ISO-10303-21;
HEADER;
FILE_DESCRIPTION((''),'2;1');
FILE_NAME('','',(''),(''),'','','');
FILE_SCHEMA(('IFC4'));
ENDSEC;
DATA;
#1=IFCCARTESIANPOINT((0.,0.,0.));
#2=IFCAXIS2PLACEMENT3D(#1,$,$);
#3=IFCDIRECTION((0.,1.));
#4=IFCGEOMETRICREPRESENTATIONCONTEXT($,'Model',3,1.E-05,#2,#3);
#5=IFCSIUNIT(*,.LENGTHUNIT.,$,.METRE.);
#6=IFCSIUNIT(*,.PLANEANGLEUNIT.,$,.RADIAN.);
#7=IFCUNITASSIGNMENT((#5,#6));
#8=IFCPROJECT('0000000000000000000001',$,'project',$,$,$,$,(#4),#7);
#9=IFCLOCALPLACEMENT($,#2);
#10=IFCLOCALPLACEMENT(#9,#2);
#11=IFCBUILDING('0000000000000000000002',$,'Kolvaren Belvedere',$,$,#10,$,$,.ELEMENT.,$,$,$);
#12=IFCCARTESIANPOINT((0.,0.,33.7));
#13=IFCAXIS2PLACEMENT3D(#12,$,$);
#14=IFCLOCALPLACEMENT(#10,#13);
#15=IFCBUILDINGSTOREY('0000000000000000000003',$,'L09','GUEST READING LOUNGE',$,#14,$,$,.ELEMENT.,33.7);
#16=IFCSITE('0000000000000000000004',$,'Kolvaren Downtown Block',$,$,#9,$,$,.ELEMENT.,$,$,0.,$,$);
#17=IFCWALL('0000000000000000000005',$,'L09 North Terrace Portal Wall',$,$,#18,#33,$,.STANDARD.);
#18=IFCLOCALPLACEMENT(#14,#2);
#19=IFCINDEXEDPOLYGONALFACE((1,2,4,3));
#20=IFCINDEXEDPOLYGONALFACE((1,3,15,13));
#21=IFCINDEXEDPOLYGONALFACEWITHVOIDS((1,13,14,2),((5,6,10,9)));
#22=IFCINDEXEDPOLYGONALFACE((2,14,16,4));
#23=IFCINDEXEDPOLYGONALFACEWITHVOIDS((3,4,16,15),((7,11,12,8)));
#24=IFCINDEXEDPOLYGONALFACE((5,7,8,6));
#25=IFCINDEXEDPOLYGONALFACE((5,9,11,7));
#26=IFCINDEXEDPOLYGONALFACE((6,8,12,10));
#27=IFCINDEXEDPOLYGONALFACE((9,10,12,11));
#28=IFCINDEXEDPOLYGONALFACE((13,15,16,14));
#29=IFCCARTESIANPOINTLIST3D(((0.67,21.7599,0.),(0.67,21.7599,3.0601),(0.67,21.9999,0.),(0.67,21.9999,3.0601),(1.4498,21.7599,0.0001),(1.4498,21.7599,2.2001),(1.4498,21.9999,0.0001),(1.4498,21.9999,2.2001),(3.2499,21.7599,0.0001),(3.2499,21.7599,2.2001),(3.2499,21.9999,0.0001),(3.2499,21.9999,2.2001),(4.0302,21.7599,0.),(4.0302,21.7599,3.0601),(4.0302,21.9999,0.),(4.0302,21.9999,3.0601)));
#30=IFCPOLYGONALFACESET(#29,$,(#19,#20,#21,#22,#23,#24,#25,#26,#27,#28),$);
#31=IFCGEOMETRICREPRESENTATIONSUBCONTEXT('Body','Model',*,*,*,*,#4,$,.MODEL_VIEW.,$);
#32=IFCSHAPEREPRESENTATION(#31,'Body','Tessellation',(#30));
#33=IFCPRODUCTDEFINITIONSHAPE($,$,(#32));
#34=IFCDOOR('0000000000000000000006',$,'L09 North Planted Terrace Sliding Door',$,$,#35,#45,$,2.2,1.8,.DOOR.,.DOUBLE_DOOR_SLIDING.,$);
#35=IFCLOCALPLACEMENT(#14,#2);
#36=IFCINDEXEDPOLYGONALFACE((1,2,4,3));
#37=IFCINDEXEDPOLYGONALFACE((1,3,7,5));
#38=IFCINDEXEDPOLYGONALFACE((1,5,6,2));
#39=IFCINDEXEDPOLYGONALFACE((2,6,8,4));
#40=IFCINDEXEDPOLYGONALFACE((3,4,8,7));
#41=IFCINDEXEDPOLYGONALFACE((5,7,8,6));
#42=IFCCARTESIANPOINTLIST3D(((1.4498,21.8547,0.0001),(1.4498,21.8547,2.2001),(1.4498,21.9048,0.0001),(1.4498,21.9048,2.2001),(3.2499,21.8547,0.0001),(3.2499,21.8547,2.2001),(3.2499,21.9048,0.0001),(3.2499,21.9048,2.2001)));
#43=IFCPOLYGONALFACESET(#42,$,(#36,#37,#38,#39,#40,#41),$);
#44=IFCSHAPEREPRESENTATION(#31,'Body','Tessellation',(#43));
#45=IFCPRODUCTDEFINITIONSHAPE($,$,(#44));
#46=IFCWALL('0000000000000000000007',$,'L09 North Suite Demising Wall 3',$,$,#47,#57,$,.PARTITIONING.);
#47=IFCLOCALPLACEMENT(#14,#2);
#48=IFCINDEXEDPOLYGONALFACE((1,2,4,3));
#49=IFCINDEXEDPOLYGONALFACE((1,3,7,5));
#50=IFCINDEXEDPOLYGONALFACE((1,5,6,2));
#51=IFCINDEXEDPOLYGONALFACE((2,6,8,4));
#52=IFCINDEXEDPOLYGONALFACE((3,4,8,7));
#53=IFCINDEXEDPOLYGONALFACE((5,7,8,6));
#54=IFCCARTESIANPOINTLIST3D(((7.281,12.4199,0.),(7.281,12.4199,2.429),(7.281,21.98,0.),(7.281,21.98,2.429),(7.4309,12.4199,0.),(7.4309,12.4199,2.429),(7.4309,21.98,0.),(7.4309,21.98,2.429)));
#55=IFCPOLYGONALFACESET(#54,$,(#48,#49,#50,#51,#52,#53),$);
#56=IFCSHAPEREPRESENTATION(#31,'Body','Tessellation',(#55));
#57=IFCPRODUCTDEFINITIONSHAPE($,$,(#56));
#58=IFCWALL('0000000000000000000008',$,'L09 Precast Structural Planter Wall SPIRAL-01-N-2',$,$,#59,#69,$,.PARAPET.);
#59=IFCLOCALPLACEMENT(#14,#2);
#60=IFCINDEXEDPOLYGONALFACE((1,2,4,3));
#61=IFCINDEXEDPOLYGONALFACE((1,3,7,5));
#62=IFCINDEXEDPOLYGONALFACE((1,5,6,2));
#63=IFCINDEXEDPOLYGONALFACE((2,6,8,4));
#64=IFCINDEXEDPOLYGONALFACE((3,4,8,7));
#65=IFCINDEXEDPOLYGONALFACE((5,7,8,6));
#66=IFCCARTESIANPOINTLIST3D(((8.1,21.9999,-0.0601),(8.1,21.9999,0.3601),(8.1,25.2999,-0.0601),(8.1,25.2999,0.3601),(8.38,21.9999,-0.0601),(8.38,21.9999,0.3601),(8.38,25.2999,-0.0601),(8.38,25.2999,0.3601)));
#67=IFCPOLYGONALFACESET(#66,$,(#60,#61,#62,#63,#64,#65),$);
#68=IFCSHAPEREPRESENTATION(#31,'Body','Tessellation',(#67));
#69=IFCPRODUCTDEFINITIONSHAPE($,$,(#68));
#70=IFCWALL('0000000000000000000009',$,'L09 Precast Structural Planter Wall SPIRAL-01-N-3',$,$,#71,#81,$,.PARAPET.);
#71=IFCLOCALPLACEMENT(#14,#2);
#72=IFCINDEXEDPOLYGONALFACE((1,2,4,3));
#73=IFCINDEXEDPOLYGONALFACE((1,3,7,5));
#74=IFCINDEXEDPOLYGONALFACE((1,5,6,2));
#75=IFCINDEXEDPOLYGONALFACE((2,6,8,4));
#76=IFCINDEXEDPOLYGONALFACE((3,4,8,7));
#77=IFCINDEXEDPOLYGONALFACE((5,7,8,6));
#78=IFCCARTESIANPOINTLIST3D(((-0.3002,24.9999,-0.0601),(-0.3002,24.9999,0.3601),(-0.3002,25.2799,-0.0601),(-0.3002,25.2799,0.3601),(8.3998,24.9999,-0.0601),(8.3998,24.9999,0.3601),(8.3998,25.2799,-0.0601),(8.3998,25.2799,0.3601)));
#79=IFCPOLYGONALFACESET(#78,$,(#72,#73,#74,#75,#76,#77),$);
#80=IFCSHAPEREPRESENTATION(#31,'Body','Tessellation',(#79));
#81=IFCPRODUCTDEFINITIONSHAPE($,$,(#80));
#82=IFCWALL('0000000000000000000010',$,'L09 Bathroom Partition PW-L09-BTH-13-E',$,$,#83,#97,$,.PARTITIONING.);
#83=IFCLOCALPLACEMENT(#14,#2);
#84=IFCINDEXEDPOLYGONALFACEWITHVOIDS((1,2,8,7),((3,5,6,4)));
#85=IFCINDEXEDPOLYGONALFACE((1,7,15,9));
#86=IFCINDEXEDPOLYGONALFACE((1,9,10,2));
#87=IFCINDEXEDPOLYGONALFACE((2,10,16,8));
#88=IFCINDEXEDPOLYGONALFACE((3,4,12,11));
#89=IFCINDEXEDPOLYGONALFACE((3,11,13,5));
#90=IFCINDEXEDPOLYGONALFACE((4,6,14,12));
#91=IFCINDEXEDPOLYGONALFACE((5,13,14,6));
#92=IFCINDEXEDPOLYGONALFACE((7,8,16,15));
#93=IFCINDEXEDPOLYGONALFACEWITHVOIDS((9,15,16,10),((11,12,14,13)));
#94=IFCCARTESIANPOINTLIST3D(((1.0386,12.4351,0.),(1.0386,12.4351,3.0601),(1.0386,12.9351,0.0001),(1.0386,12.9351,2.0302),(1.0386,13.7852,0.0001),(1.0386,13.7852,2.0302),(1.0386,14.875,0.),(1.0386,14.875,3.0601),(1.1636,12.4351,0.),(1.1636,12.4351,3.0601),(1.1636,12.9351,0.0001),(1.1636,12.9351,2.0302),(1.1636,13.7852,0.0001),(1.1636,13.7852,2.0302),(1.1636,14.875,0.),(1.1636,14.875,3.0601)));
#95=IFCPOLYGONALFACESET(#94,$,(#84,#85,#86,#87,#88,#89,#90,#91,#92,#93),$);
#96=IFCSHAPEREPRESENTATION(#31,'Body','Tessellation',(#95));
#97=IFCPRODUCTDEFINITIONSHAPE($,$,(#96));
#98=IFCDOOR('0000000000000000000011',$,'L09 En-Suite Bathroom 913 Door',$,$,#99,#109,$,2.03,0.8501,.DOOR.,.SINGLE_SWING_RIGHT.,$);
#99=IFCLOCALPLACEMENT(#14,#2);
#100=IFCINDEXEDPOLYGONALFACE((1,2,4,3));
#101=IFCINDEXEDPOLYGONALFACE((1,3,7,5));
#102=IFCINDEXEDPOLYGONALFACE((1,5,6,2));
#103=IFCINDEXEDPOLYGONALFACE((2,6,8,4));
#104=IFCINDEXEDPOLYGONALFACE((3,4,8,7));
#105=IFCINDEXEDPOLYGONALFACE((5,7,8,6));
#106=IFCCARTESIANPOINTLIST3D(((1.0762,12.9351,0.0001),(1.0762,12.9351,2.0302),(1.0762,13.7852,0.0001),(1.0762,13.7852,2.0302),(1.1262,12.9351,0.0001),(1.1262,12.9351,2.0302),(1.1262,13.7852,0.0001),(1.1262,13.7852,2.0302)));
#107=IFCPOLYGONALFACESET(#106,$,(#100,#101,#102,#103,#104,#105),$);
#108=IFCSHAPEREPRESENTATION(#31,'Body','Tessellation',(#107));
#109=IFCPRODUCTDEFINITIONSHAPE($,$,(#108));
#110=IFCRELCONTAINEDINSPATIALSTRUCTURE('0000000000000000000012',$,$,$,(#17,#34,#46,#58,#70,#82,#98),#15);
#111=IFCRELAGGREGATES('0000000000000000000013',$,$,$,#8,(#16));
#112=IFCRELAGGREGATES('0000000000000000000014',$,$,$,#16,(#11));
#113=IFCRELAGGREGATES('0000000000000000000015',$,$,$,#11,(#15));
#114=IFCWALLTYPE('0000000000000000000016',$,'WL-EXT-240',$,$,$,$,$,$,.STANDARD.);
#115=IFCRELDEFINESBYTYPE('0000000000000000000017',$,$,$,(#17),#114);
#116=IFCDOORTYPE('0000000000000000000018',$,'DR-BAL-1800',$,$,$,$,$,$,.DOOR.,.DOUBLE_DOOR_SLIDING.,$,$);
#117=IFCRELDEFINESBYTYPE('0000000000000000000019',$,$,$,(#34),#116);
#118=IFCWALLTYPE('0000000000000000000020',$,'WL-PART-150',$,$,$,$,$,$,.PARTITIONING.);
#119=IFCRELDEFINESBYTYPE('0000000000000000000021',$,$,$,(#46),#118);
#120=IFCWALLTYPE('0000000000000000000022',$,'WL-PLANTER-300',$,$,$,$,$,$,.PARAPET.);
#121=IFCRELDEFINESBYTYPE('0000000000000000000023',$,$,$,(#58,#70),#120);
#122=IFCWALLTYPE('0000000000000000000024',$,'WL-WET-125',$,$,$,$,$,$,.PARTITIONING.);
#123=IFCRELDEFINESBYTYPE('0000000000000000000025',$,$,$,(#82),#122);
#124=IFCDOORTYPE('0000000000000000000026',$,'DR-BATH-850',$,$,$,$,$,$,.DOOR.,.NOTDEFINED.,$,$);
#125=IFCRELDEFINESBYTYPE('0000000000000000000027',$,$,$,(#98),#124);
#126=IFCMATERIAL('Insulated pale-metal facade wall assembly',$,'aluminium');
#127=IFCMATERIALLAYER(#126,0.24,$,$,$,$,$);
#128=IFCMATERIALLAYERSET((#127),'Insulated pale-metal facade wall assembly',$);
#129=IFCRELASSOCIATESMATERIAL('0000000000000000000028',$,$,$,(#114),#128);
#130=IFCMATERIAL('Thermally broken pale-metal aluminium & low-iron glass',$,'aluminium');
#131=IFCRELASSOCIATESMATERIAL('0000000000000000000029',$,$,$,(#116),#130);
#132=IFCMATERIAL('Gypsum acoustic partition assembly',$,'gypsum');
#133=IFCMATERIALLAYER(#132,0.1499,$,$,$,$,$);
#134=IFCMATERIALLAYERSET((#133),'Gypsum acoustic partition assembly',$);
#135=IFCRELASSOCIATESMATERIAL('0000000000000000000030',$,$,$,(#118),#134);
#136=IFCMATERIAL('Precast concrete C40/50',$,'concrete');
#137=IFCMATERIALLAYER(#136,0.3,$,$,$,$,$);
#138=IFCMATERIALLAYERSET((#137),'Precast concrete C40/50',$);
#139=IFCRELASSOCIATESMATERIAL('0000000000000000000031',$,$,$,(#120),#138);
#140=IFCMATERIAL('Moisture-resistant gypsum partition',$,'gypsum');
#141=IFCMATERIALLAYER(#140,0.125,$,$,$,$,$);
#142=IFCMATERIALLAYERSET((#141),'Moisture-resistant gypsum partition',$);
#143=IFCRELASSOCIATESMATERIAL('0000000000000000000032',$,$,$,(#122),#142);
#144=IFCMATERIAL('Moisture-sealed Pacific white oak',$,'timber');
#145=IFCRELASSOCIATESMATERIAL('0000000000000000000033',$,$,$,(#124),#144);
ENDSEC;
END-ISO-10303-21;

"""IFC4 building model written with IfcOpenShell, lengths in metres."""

from ifc_helpers import new_model, si_unit, direction, frame, frame_2d, origin, place, context, subcontext, project, spatial, rectangle, extrude, material, layer, layer_set, type_object, element, fill, save


model = new_model("IFC4")

# Units and contexts
model_context = context("Model", 3, precision=1e-05, world=origin(), true_north=direction((0.0, 1.0)))
body_context = subcontext(model_context, "Body", "Model", "MODEL_VIEW")
ifc_project = project(units=[si_unit("LENGTHUNIT", "METRE"), si_unit("PLANEANGLEUNIT", "RADIAN")], contexts=[model_context])

# Site, building, storey
site_placement = place(None, origin())
site = spatial("IfcSite", under=ifc_project, at=site_placement, Name="Kolvaren Downtown Block", CompositionType="ELEMENT", RefElevation=0.0)
building_placement = place(site_placement, origin())
building = spatial("IfcBuilding", under=site, at=building_placement, Name="Kolvaren Belvedere", CompositionType="ELEMENT")
storey_placement = place(building_placement, frame((0.0, 0.0, 33.7)))
storey = spatial("IfcBuildingStorey", under=building, at=storey_placement, Name="L09", Description="GUEST READING LOUNGE", CompositionType="ELEMENT", Elevation=33.7)

# Wall, opening, door
ifc_material_1 = material(Name="Insulated pale-metal facade wall assembly", Category="aluminium")
ifc_layer_1 = layer(ifc_material_1, 0.24)
ifc_layer_set_1 = layer_set([ifc_layer_1], Name="Insulated pale-metal facade wall assembly")
wall_type_1 = type_object("IfcWallType", Name="WL-EXT-240", PredefinedType="STANDARD", material=ifc_layer_set_1)
wall_1_placement = place(storey_placement, frame((0.6699, 21.8799, 0.0), z_axis=(0.0, 0.0, 1.0), x_axis=(1.0, 0.0, 0.0)))
wall_1 = element("IfcWall", 1, at=wall_1_placement, inside=storey, type_object=wall_type_1, Name="L09 North Terrace Portal Wall", PredefinedType="STANDARD", context=body_context, shape_type="SweptSolid", body=[
    extrude(rectangle(XDim=3.3601, YDim=0.24, at=frame_2d((1.6802, 0.0))), origin(), (0.0, 0.0, 1.0), 3.0601),
])
opening_1_placement = place(wall_1_placement, frame((0.78, 0.0, 0.0)))
opening_1 = element("IfcOpeningElement", 2, at=opening_1_placement, cuts=wall_1, PredefinedType="OPENING", context=body_context, shape_type="SweptSolid", body=[
    extrude(rectangle(XDim=1.8, YDim=2.2, at=frame_2d((0.8999, 1.1001))), frame((0.0, 0.1299, 0.0), z_axis=(0.0, -1.0, 0.0), x_axis=(1.0, 0.0, 0.0)), (0.0, 0.0, 1.0), 0.26),
])
ifc_material_2 = material(Name="Thermally broken pale-metal aluminium & low-iron glass", Category="aluminium")
door_type_1 = type_object("IfcDoorType", Name="DR-BAL-1800", OperationType="DOUBLE_DOOR_SLIDING", PredefinedType="DOOR", material=ifc_material_2)
door_1_placement = place(opening_1_placement, origin())
door_1 = element("IfcDoor", 3, at=door_1_placement, inside=storey, type_object=door_type_1, Name="L09 North Planted Terrace Sliding Door", OperationType="DOUBLE_DOOR_SLIDING", OverallHeight=2.2, OverallWidth=1.8, PredefinedType="DOOR", context=body_context, shape_type="SweptSolid", body=[
    extrude(rectangle(XDim=1.8, YDim=2.2, at=frame_2d((0.8999, 1.1001))), frame((0.0, 0.0249, 0.0), z_axis=(0.0, -1.0, 0.0), x_axis=(1.0, 0.0, 0.0)), (0.0, 0.0, 1.0), 0.05),
])
fill(opening_1, door_1)

# Walls
ifc_material_3 = material(Name="Gypsum acoustic partition assembly", Category="gypsum")
ifc_layer_2 = layer(ifc_material_3, 0.1499)
ifc_layer_set_2 = layer_set([ifc_layer_2], Name="Gypsum acoustic partition assembly")
wall_type_2 = type_object("IfcWallType", Name="WL-PART-150", PredefinedType="PARTITIONING", material=ifc_layer_set_2)
wall_2_placement = place(storey_placement, frame((7.356, 12.4199, 0.0), z_axis=(0.0, 0.0, 1.0), x_axis=(0.0, 1.0, 0.0)))
element("IfcWall", 4, at=wall_2_placement, inside=storey, type_object=wall_type_2, Name="L09 North Suite Demising Wall 3", PredefinedType="PARTITIONING", context=body_context, shape_type="SweptSolid", body=[
    extrude(rectangle(XDim=9.5601, YDim=0.1499, at=frame_2d((4.78, 0.0))), origin(), (0.0, 0.0, 1.0), 2.429),
])
ifc_material_4 = material(Name="Precast concrete C40/50", Category="concrete")
ifc_layer_3 = layer(ifc_material_4, 0.3)
ifc_layer_set_3 = layer_set([ifc_layer_3], Name="Precast concrete C40/50")
wall_type_3 = type_object("IfcWallType", Name="WL-PLANTER-300", PredefinedType="PARAPET", material=ifc_layer_set_3)
wall_3_placement = place(storey_placement, frame((8.24, 22.0, -0.0601), z_axis=(0.0, 0.0, 1.0), x_axis=(0.0, 1.0, 0.0)))
element("IfcWall", 5, at=wall_3_placement, inside=storey, type_object=wall_type_3, Name="L09 Precast Structural Planter Wall SPIRAL-01-N-2", PredefinedType="PARAPET", context=body_context, shape_type="SweptSolid", body=[
    extrude(rectangle(XDim=3.3, YDim=0.28, at=frame_2d((1.6499, 0.0))), origin(), (0.0, 0.0, 1.0), 0.4202),
])
wall_4_placement = place(storey_placement, frame((8.3999, 25.1399, -0.0601), z_axis=(0.0, 0.0, 1.0), x_axis=(-1.0, 0.0, 0.0)))
element("IfcWall", 6, at=wall_4_placement, inside=storey, type_object=wall_type_3, Name="L09 Precast Structural Planter Wall SPIRAL-01-N-3", PredefinedType="PARAPET", context=body_context, shape_type="SweptSolid", body=[
    extrude(rectangle(XDim=8.7, YDim=0.28, at=frame_2d((4.3501, 0.0))), origin(), (0.0, 0.0, 1.0), 0.4202),
])

# Wall, opening, door
ifc_material_5 = material(Name="Moisture-resistant gypsum partition", Category="gypsum")
ifc_layer_4 = layer(ifc_material_5, 0.125)
ifc_layer_set_4 = layer_set([ifc_layer_4], Name="Moisture-resistant gypsum partition")
wall_type_4 = type_object("IfcWallType", Name="WL-WET-125", PredefinedType="PARTITIONING", material=ifc_layer_set_4)
wall_5_placement = place(storey_placement, frame((1.1011, 12.4351, 0.0), z_axis=(0.0, 0.0, 1.0), x_axis=(0.0, 1.0, 0.0)))
wall_5 = element("IfcWall", 7, at=wall_5_placement, inside=storey, type_object=wall_type_4, Name="L09 Bathroom Partition PW-L09-BTH-13-E", PredefinedType="PARTITIONING", context=body_context, shape_type="SweptSolid", body=[
    extrude(rectangle(XDim=2.4399, YDim=0.125, at=frame_2d((1.22, 0.0))), origin(), (0.0, 0.0, 1.0), 3.0601),
])
opening_2_placement = place(wall_5_placement, frame((0.5, 0.0, 0.0)))
opening_2 = element("IfcOpeningElement", 8, at=opening_2_placement, cuts=wall_5, PredefinedType="OPENING", context=body_context, shape_type="SweptSolid", body=[
    extrude(rectangle(XDim=0.8501, YDim=2.03, at=frame_2d((0.425, 1.0151))), frame((0.0, 0.0725, 0.0), z_axis=(0.0, -1.0, 0.0), x_axis=(1.0, 0.0, 0.0)), (0.0, 0.0, 1.0), 0.145),
])
ifc_material_6 = material(Name="Moisture-sealed Pacific white oak", Category="timber")
door_type_2 = type_object("IfcDoorType", Name="DR-BATH-850", OperationType="NOTDEFINED", PredefinedType="DOOR", material=ifc_material_6)
door_2_placement = place(opening_2_placement, origin())
door_2 = element("IfcDoor", 9, at=door_2_placement, inside=storey, type_object=door_type_2, Name="L09 En-Suite Bathroom 913 Door", OperationType="SINGLE_SWING_RIGHT", OverallHeight=2.03, OverallWidth=0.8501, PredefinedType="DOOR", context=body_context, shape_type="SweptSolid", body=[
    extrude(rectangle(XDim=0.8501, YDim=2.03, at=frame_2d((0.425, 1.0151))), frame((0.0, 0.0249, 0.0), z_axis=(0.0, -1.0, 0.0), x_axis=(1.0, 0.0, 0.0)), (0.0, 0.0, 1.0), 0.05),
])
fill(opening_2, door_2)

save(model, "model.ifc")
